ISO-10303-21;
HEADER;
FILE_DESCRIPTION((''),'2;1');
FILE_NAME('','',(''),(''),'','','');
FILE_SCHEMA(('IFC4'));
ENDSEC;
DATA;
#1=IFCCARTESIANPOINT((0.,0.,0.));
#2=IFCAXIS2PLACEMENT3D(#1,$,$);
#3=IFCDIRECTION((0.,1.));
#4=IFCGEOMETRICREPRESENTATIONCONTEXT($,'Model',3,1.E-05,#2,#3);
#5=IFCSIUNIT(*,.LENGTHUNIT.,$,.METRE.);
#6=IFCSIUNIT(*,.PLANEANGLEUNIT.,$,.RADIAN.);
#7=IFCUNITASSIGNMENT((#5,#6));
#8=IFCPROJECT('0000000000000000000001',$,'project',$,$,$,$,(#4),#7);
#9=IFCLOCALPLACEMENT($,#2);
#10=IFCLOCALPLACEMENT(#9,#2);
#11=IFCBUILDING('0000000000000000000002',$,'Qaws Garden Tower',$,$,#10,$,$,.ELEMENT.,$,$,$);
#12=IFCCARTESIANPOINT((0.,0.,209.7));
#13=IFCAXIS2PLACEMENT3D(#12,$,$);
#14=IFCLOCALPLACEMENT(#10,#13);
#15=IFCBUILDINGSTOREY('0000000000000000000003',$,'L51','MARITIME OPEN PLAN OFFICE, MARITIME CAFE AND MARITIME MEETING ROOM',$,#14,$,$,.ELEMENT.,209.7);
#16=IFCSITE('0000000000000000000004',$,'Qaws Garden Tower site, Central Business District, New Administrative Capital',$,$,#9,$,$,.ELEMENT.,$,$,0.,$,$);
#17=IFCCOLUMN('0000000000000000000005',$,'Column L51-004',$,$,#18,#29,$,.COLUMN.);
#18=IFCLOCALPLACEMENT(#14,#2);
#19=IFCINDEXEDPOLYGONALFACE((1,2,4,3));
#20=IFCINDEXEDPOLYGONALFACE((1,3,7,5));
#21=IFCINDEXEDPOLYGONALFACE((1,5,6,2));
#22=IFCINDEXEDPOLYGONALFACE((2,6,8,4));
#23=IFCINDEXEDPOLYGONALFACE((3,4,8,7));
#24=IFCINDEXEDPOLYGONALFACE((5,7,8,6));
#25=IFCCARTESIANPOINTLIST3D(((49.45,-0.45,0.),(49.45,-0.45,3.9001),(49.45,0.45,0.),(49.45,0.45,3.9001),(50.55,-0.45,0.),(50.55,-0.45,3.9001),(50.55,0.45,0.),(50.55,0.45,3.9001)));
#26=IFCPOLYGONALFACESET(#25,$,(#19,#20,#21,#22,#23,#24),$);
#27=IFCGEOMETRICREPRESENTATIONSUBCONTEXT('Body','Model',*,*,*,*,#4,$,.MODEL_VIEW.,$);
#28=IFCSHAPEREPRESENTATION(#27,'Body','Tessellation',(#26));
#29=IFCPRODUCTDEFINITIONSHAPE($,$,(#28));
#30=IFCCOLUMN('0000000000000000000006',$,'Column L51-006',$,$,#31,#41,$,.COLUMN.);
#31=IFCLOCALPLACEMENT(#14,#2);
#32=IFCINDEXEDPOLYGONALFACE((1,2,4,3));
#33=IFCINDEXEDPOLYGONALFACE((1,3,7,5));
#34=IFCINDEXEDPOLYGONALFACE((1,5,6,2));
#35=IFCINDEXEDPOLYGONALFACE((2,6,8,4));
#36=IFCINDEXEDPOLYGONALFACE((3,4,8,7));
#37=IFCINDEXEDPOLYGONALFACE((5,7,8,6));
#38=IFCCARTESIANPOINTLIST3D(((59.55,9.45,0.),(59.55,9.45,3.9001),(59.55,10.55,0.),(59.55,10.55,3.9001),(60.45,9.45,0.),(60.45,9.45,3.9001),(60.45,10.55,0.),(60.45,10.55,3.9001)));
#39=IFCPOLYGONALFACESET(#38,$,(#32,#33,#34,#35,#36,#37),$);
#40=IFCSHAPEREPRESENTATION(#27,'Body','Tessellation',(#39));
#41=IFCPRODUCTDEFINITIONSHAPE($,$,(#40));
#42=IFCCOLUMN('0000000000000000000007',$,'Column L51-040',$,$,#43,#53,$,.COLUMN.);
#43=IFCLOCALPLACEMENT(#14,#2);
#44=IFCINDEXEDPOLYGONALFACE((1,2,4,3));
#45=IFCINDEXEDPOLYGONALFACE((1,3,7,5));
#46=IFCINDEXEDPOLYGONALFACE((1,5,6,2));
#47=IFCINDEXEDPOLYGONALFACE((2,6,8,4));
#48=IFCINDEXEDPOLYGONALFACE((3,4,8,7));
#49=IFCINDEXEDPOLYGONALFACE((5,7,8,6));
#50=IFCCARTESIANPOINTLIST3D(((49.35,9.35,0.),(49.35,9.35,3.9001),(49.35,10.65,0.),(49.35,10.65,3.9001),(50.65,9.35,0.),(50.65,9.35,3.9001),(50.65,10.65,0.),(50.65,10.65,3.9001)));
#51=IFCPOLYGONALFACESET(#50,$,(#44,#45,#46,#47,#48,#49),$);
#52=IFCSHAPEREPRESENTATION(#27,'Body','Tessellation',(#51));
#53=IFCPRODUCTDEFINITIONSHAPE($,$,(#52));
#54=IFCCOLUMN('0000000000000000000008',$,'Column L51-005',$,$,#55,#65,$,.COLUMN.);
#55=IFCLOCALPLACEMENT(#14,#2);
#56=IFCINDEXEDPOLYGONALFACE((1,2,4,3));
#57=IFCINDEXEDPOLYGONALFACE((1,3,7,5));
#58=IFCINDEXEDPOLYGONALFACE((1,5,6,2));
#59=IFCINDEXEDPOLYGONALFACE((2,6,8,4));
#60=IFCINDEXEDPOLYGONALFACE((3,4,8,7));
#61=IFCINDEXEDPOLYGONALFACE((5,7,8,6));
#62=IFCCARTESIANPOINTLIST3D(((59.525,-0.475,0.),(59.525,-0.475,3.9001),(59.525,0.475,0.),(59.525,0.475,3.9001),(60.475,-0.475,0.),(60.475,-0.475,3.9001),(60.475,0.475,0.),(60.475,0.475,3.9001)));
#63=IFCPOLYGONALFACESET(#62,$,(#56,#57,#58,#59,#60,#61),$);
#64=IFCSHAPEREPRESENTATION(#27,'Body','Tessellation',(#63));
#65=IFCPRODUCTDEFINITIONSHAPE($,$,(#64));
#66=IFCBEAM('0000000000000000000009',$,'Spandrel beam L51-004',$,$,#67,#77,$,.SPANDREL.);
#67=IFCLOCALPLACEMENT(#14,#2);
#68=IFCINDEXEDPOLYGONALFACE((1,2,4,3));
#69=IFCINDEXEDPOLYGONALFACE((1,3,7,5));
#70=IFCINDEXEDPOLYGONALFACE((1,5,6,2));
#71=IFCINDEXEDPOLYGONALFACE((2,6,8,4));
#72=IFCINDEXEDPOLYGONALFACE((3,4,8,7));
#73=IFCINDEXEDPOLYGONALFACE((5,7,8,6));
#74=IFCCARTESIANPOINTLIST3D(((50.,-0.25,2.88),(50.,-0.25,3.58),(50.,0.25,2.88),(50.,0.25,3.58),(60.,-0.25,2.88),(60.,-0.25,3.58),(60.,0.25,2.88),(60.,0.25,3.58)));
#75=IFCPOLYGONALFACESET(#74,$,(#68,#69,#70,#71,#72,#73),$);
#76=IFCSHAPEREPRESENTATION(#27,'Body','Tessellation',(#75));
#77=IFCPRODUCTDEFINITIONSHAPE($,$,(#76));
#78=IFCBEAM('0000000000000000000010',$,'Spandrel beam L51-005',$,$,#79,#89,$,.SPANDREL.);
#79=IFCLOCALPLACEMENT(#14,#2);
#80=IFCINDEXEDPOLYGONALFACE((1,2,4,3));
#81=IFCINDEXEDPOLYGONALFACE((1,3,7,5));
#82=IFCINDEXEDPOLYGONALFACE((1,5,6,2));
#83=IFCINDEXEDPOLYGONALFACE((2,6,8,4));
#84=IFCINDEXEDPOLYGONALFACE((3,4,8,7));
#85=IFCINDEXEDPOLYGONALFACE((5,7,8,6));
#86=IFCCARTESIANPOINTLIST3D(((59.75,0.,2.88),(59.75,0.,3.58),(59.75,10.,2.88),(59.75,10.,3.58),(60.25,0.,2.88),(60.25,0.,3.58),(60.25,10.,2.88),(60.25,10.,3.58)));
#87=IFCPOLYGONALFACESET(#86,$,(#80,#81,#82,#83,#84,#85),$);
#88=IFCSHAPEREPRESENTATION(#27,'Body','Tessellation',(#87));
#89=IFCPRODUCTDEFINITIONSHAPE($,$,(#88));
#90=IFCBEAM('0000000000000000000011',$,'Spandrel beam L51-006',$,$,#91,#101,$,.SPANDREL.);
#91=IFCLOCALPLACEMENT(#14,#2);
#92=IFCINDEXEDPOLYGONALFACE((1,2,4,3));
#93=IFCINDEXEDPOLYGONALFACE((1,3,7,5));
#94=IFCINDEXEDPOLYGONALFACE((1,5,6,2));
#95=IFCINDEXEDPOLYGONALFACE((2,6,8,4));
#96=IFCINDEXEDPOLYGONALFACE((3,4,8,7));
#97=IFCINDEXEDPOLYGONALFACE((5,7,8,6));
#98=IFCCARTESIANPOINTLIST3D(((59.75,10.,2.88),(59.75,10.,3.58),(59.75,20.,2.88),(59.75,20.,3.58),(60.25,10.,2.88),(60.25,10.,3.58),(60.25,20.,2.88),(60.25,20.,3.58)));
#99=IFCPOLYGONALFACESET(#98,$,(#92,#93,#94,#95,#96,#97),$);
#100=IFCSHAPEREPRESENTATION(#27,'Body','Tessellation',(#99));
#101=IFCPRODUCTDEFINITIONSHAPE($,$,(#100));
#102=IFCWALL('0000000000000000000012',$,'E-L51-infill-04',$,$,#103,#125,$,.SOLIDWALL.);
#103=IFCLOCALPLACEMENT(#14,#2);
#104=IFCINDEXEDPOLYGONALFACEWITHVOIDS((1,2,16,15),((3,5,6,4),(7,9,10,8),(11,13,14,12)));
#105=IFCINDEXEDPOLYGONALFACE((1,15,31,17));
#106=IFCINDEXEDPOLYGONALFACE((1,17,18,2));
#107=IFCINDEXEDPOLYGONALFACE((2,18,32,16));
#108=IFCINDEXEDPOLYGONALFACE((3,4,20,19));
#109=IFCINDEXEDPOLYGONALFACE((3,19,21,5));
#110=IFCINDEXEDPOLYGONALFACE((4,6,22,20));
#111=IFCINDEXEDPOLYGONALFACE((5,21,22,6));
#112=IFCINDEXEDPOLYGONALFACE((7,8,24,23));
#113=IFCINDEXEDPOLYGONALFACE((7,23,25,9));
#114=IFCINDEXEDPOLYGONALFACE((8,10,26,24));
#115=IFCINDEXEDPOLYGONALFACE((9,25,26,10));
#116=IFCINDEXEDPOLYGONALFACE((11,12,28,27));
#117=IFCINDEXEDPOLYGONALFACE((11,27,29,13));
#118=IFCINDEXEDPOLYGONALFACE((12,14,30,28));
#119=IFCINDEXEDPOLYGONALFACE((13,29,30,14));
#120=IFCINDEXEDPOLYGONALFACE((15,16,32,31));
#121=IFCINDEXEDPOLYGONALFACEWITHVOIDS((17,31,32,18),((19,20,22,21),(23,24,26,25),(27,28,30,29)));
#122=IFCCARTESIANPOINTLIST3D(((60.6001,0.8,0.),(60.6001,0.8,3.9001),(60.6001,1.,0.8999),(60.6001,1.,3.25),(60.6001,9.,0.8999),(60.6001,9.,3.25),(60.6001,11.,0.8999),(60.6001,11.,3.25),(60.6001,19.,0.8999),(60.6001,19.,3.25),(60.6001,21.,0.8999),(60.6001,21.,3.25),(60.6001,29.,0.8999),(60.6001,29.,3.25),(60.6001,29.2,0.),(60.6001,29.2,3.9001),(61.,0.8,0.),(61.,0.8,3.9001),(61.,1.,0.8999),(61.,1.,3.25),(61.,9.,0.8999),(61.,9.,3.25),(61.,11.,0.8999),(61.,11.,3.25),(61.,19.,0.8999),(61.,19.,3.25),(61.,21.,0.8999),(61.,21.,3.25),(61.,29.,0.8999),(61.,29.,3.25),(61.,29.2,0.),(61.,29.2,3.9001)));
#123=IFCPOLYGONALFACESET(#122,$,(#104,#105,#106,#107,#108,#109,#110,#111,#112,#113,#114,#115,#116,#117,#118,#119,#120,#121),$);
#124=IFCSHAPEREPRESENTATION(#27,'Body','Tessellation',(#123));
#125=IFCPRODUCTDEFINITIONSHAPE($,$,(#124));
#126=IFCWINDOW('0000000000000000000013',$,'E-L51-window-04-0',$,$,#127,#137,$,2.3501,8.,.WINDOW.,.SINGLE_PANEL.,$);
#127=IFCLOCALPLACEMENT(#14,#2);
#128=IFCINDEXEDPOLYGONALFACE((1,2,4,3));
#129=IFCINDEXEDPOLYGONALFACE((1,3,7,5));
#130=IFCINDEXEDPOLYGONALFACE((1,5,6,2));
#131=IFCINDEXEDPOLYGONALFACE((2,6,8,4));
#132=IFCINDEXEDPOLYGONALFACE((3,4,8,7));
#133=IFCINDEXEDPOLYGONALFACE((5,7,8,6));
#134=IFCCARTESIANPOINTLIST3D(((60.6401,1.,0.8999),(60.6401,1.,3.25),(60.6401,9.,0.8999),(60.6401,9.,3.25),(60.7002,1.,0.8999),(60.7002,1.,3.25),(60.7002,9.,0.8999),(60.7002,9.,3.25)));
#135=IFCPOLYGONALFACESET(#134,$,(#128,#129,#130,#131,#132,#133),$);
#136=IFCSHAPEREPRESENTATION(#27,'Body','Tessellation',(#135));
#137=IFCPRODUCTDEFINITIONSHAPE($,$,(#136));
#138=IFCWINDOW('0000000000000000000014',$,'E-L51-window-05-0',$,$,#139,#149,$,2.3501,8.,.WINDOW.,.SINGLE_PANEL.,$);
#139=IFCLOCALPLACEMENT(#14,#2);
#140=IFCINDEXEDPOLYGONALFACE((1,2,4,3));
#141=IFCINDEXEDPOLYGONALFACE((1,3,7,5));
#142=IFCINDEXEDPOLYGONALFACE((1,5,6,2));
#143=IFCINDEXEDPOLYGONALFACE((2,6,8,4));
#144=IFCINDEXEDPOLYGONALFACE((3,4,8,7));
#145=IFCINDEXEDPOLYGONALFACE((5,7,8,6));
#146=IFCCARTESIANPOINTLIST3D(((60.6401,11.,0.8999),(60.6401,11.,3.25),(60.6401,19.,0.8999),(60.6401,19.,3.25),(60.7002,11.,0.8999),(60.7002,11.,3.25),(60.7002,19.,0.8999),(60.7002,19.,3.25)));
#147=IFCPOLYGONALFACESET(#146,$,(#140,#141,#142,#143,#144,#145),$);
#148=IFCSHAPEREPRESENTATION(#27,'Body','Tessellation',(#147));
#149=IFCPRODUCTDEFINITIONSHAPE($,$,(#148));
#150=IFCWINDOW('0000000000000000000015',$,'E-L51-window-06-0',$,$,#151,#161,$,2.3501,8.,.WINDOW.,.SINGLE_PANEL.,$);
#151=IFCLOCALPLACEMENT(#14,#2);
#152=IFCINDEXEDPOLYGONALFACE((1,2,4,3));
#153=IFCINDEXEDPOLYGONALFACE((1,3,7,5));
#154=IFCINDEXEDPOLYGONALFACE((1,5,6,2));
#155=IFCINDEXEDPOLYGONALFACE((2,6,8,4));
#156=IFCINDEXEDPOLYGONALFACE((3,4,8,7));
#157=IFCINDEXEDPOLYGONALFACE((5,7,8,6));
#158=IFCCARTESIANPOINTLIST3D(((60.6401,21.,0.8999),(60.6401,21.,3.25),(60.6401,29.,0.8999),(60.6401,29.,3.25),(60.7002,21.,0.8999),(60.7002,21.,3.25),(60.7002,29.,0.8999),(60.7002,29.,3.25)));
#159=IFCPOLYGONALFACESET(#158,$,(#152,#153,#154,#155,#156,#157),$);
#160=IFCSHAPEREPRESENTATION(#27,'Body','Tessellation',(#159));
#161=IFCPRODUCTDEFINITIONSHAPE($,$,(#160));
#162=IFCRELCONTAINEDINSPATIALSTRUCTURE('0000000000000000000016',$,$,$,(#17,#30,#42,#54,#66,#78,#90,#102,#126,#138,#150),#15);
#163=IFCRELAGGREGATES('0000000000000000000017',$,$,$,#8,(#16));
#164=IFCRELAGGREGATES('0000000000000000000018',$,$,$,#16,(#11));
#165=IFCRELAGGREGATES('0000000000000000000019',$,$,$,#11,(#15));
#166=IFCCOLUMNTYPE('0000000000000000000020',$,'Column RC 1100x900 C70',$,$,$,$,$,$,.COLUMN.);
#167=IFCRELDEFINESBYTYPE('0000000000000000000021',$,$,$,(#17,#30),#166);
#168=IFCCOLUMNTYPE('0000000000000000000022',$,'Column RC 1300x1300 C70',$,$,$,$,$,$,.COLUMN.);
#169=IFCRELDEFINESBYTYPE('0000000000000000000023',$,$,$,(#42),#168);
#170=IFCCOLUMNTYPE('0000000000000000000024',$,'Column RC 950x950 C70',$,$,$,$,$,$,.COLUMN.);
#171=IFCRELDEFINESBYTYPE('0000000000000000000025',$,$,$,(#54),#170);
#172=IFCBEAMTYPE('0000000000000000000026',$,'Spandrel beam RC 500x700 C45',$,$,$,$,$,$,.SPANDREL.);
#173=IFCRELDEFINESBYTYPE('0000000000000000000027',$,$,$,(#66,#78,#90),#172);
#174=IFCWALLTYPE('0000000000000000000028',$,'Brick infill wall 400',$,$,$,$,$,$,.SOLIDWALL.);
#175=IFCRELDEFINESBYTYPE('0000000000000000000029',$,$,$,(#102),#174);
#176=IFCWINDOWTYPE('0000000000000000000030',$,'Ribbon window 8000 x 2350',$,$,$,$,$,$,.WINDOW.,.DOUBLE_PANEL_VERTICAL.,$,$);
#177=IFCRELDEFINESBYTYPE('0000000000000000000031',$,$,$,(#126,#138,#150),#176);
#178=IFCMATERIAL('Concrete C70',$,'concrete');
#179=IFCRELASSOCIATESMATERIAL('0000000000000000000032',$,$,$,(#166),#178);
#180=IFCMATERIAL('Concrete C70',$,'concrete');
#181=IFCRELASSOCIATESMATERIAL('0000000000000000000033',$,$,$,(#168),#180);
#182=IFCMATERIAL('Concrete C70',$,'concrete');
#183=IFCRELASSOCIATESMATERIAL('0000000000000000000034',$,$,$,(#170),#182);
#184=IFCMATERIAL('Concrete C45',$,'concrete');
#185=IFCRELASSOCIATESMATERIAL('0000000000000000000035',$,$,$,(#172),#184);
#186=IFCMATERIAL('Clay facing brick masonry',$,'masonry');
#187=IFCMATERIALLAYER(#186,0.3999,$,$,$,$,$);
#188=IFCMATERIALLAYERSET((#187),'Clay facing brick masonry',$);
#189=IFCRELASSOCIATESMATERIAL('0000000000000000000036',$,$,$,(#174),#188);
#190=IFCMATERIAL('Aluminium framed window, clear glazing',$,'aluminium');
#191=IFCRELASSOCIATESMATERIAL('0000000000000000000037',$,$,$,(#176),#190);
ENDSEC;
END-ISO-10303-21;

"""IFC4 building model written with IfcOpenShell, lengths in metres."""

from ifc_helpers import new_model, si_unit, direction, frame, frame_2d, origin, origin_2d, place, context, subcontext, project, spatial, rectangle, extrude, material, layer, layer_set, material_profile, profile_set, type_object, element, fill, save


model = new_model("IFC4")

# Units and contexts
model_context = context("Model", 3, precision=1e-05, world=origin(), true_north=direction((0.0, 1.0)))
body_context = subcontext(model_context, "Body", "Model", "MODEL_VIEW")
ifc_project = project(units=[si_unit("LENGTHUNIT", "METRE"), si_unit("PLANEANGLEUNIT", "RADIAN")], contexts=[model_context])

# Site, building, storey
site_placement = place(None, origin())
site = spatial("IfcSite", under=ifc_project, at=site_placement, Name="Qaws Garden Tower site, Central Business District, New Administrative Capital", CompositionType="ELEMENT", RefElevation=0.0)
building_placement = place(site_placement, origin())
building = spatial("IfcBuilding", under=site, at=building_placement, Name="Qaws Garden Tower", CompositionType="ELEMENT")
storey_placement = place(building_placement, frame((0.0, 0.0, 209.7)))
storey = spatial("IfcBuildingStorey", under=building, at=storey_placement, Name="L51", Description="MARITIME OPEN PLAN OFFICE, MARITIME CAFE AND MARITIME MEETING ROOM", CompositionType="ELEMENT", Elevation=209.7)

# Columns
ifc_material_1 = material(Name="Concrete C70", Category="concrete")
ifc_material_profile_1 = material_profile(ifc_material_1, rectangle(XDim=1.1001, YDim=0.8999, at=origin_2d()), Name="RC 1100x900")
ifc_profile_set_1 = profile_set([ifc_material_profile_1], Name="Concrete C70")
column_type_1 = type_object("IfcColumnType", Name="Column RC 1100x900 C70", PredefinedType="COLUMN", material=ifc_profile_set_1)
for number, where, z_axis, x_axis, name in (
    (1, (50.0, 0.0, 0.0), (0.0, 0.0, 1.0), (1.0, 0.0, 0.0), "Column L51-004"),
    (2, (60.0, 10.0, 0.0), (0.0, 0.0, 1.0), (0.0, 1.0, 0.0), "Column L51-006"),
):
    element("IfcColumn", number, at=place(storey_placement, frame(where, z_axis=z_axis, x_axis=x_axis)), inside=storey, type_object=column_type_1, Name=name, PredefinedType="COLUMN", context=body_context, shape_type="SweptSolid", body=[
        extrude(rectangle(XDim=1.1001, YDim=0.8999, at=origin_2d()), origin(), (0.0, 0.0, 1.0), 3.9001),
    ])
ifc_material_2 = material(Name="Concrete C70", Category="concrete")
ifc_material_profile_2 = material_profile(ifc_material_2, rectangle(XDim=1.3, YDim=1.3, at=origin_2d()), Name="RC 1300x1300")
ifc_profile_set_2 = profile_set([ifc_material_profile_2], Name="Concrete C70")
column_type_2 = type_object("IfcColumnType", Name="Column RC 1300x1300 C70", PredefinedType="COLUMN", material=ifc_profile_set_2)
column_1_placement = place(storey_placement, frame((50.0, 10.0, 0.0), z_axis=(0.0, 0.0, 1.0), x_axis=(1.0, 0.0, 0.0)))
element("IfcColumn", 3, at=column_1_placement, inside=storey, type_object=column_type_2, Name="Column L51-040", PredefinedType="COLUMN", context=body_context, shape_type="SweptSolid", body=[
    extrude(rectangle(XDim=1.3, YDim=1.3, at=origin_2d()), origin(), (0.0, 0.0, 1.0), 3.9001),
])
ifc_material_3 = material(Name="Concrete C70", Category="concrete")
ifc_material_profile_3 = material_profile(ifc_material_3, rectangle(XDim=0.95, YDim=0.95, at=origin_2d()), Name="RC 950x950")
ifc_profile_set_3 = profile_set([ifc_material_profile_3], Name="Concrete C70")
column_type_3 = type_object("IfcColumnType", Name="Column RC 950x950 C70", PredefinedType="COLUMN", material=ifc_profile_set_3)
column_2_placement = place(storey_placement, frame((60.0, 0.0, 0.0), z_axis=(0.0, 0.0, 1.0), x_axis=(1.0, 0.0, 0.0)))
element("IfcColumn", 4, at=column_2_placement, inside=storey, type_object=column_type_3, Name="Column L51-005", PredefinedType="COLUMN", context=body_context, shape_type="SweptSolid", body=[
    extrude(rectangle(XDim=0.95, YDim=0.95, at=origin_2d()), origin(), (0.0, 0.0, 1.0), 3.9001),
])

# Beams
ifc_material_4 = material(Name="Concrete C45", Category="concrete")
ifc_material_profile_4 = material_profile(ifc_material_4, rectangle(XDim=0.5, YDim=0.7, at=origin_2d()), Name="RC 500x700")
ifc_profile_set_4 = profile_set([ifc_material_profile_4], Name="Concrete C45")
beam_type = type_object("IfcBeamType", Name="Spandrel beam RC 500x700 C45", PredefinedType="SPANDREL", material=ifc_profile_set_4)
for number, where, z_axis, x_axis, name in (
    (5, (50.0, 0.0, 3.23), (1.0, 0.0, 0.0), (0.0, 1.0, 0.0), "Spandrel beam L51-004"),
    (6, (60.0, 0.0, 3.23), (0.0, 1.0, 0.0), (-1.0, 0.0, 0.0), "Spandrel beam L51-005"),
    (7, (60.0, 10.0, 3.23), (0.0, 1.0, 0.0), (-1.0, 0.0, 0.0), "Spandrel beam L51-006"),
):
    element("IfcBeam", number, at=place(storey_placement, frame(where, z_axis=z_axis, x_axis=x_axis)), inside=storey, type_object=beam_type, Name=name, PredefinedType="SPANDREL", context=body_context, shape_type="SweptSolid", body=[
        extrude(rectangle(XDim=0.5, YDim=0.7, at=origin_2d()), origin(), (0.0, 0.0, 1.0), 10.0),
    ])

# Wall, openings, windows
ifc_material_5 = material(Name="Clay facing brick masonry", Category="masonry")
ifc_layer_1 = layer(ifc_material_5, 0.3999)
ifc_layer_set_1 = layer_set([ifc_layer_1], Name="Clay facing brick masonry")
wall_type_1 = type_object("IfcWallType", Name="Brick infill wall 400", PredefinedType="SOLIDWALL", material=ifc_layer_set_1)
wall_1_placement = place(storey_placement, frame((60.8, 0.8, 0.0), z_axis=(0.0, 0.0, 1.0), x_axis=(0.0, 1.0, 0.0)))
wall_1 = element("IfcWall", 8, at=wall_1_placement, inside=storey, type_object=wall_type_1, Name="E-L51-infill-04", PredefinedType="SOLIDWALL", context=body_context, shape_type="SweptSolid", body=[
    extrude(rectangle(XDim=28.3999, YDim=0.3999, at=frame_2d((14.2, 0.0))), origin(), (0.0, 0.0, 1.0), 3.9001),
])
opening_1_placement = place(wall_1_placement, frame((0.2, 0.0, 0.8999)))
opening_1 = element("IfcOpeningElement", 9, at=opening_1_placement, cuts=wall_1, PredefinedType="OPENING", context=body_context, shape_type="SweptSolid", body=[
    extrude(rectangle(XDim=8.0, YDim=2.3501, at=frame_2d((4.0, 1.175))), frame((0.0, 0.21, 0.0), z_axis=(0.0, -1.0, 0.0), x_axis=(1.0, 0.0, 0.0)), (0.0, 0.0, 1.0), 0.4199),
])
opening_2_placement = place(wall_1_placement, frame((10.2, 0.0, 0.8999)))
opening_2 = element("IfcOpeningElement", 10, at=opening_2_placement, cuts=wall_1, PredefinedType="OPENING", context=body_context, shape_type="SweptSolid", body=[
    extrude(rectangle(XDim=8.0, YDim=2.3501, at=frame_2d((4.0, 1.175))), frame((0.0, 0.21, 0.0), z_axis=(0.0, -1.0, 0.0), x_axis=(1.0, 0.0, 0.0)), (0.0, 0.0, 1.0), 0.4199),
])
opening_3_placement = place(wall_1_placement, frame((20.2, 0.0, 0.8999)))
opening_3 = element("IfcOpeningElement", 11, at=opening_3_placement, cuts=wall_1, PredefinedType="OPENING", context=body_context, shape_type="SweptSolid", body=[
    extrude(rectangle(XDim=8.0, YDim=2.3501, at=frame_2d((4.0, 1.175))), frame((0.0, 0.21, 0.0), z_axis=(0.0, -1.0, 0.0), x_axis=(1.0, 0.0, 0.0)), (0.0, 0.0, 1.0), 0.4199),
])
ifc_material_6 = material(Name="Aluminium framed window, clear glazing", Category="aluminium")
window_type = type_object("IfcWindowType", Name="Ribbon window 8000 x 2350", PartitioningType="DOUBLE_PANEL_VERTICAL", PredefinedType="WINDOW", material=ifc_material_6)
window_1_placement = place(opening_1_placement, origin())
window_1 = element("IfcWindow", 12, at=window_1_placement, inside=storey, type_object=window_type, Name="E-L51-window-04-0", OverallHeight=2.3501, OverallWidth=8.0, PartitioningType="SINGLE_PANEL", PredefinedType="WINDOW", context=body_context, shape_type="SweptSolid", body=[
    extrude(rectangle(XDim=8.0, YDim=2.3501, at=frame_2d((4.0, 1.175))), frame((0.0, 0.1599, 0.0), z_axis=(0.0, -1.0, 0.0), x_axis=(1.0, 0.0, 0.0)), (0.0, 0.0, 1.0), 0.0601),
])
fill(opening_1, window_1)
window_2_placement = place(opening_2_placement, origin())
window_2 = element("IfcWindow", 13, at=window_2_placement, inside=storey, type_object=window_type, Name="E-L51-window-05-0", OverallHeight=2.3501, OverallWidth=8.0, PartitioningType="SINGLE_PANEL", PredefinedType="WINDOW", context=body_context, shape_type="SweptSolid", body=[
    extrude(rectangle(XDim=8.0, YDim=2.3501, at=frame_2d((4.0, 1.175))), frame((0.0, 0.1599, 0.0), z_axis=(0.0, -1.0, 0.0), x_axis=(1.0, 0.0, 0.0)), (0.0, 0.0, 1.0), 0.0601),
])
fill(opening_2, window_2)
window_3_placement = place(opening_3_placement, origin())
window_3 = element("IfcWindow", 14, at=window_3_placement, inside=storey, type_object=window_type, Name="E-L51-window-06-0", OverallHeight=2.3501, OverallWidth=8.0, PartitioningType="SINGLE_PANEL", PredefinedType="WINDOW", context=body_context, shape_type="SweptSolid", body=[
    extrude(rectangle(XDim=8.0, YDim=2.3501, at=frame_2d((4.0, 1.175))), frame((0.0, 0.1599, 0.0), z_axis=(0.0, -1.0, 0.0), x_axis=(1.0, 0.0, 0.0)), (0.0, 0.0, 1.0), 0.0601),
])
fill(opening_3, window_3)

save(model, "model.ifc")
